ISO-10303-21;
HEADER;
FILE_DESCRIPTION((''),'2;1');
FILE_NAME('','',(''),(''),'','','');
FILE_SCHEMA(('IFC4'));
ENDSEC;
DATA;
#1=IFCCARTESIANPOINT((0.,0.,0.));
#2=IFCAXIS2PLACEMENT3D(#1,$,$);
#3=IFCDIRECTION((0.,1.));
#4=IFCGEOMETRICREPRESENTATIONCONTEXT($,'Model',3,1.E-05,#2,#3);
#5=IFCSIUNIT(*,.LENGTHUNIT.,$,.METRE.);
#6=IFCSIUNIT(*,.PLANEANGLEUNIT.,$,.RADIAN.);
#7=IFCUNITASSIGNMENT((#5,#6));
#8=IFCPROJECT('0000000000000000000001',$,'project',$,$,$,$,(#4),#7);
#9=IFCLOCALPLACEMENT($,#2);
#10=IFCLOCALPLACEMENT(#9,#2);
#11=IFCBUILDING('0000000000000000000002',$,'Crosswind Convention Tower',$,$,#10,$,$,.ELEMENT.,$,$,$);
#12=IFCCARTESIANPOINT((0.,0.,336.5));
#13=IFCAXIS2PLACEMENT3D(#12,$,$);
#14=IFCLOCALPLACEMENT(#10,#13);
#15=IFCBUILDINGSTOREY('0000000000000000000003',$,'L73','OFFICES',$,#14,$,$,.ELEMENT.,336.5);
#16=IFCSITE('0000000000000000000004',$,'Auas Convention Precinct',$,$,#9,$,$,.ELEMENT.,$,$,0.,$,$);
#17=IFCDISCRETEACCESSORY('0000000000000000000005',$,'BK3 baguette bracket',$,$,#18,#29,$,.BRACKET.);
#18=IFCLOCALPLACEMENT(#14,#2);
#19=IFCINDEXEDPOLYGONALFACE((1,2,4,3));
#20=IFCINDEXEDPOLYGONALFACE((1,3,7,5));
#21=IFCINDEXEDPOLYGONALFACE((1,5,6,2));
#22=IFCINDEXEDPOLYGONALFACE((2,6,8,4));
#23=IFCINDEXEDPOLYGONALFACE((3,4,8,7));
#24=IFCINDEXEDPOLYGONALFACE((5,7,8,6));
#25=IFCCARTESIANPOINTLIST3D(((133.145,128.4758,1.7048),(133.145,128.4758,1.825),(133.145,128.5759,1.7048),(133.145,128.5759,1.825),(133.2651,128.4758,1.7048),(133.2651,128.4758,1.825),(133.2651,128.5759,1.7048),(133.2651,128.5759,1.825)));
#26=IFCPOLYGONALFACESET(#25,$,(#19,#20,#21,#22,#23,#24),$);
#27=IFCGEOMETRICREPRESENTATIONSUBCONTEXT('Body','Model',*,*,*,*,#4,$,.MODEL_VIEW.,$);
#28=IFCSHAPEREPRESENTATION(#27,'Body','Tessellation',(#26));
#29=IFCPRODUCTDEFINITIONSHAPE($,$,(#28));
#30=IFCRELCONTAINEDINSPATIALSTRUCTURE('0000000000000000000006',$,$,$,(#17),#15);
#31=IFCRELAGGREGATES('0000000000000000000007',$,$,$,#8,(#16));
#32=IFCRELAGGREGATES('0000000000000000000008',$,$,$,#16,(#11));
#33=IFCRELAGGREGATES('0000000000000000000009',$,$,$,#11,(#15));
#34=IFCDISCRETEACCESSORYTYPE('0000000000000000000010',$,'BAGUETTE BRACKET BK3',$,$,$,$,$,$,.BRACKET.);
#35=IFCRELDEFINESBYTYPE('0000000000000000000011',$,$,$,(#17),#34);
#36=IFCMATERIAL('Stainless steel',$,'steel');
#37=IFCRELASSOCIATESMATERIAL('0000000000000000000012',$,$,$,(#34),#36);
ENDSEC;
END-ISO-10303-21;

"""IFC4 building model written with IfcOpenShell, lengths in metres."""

from ifc_helpers import new_model, si_unit, direction, frame, origin, origin_2d, place, context, subcontext, project, spatial, rectangle, extrude, material, type_object, element, save


model = new_model("IFC4")

# Units and contexts
model_context = context("Model", 3, precision=1e-05, world=origin(), true_north=direction((0.0, 1.0)))
body_context = subcontext(model_context, "Body", "Model", "MODEL_VIEW")
ifc_project = project(units=[si_unit("LENGTHUNIT", "METRE"), si_unit("PLANEANGLEUNIT", "RADIAN")], contexts=[model_context])

# Site, building, storey
site_placement = place(None, origin())
site = spatial("IfcSite", under=ifc_project, at=site_placement, Name="Auas Convention Precinct", CompositionType="ELEMENT", RefElevation=0.0)
building_placement = place(site_placement, origin())
building = spatial("IfcBuilding", under=site, at=building_placement, Name="Crosswind Convention Tower", CompositionType="ELEMENT")
storey_placement = place(building_placement, frame((0.0, 0.0, 336.5)))
storey = spatial("IfcBuildingStorey", under=building, at=storey_placement, Name="L73", Description="OFFICES", CompositionType="ELEMENT", Elevation=336.5)

# Discrete accessory
ifc_material_1 = material(Name="Stainless steel", Category="steel")
discrete_accessory_type = type_object("IfcDiscreteAccessoryType", Name="BAGUETTE BRACKET BK3", PredefinedType="BRACKET", material=ifc_material_1)
discrete_accessory_placement = place(storey_placement, frame((133.2051, 128.5259, 1.7048), z_axis=(0.0, 0.0, 1.0), x_axis=(-1.0, 0.0, 0.0)))
element("IfcDiscreteAccessory", 1, at=discrete_accessory_placement, inside=storey, type_object=discrete_accessory_type, Name="BK3 baguette bracket", PredefinedType="BRACKET", context=body_context, shape_type="SweptSolid", body=[
    extrude(rectangle(XDim=0.1201, YDim=0.1001, at=origin_2d()), origin(), (0.0, 0.0, 1.0), 0.1201),
])

save(model, "model.ifc")
